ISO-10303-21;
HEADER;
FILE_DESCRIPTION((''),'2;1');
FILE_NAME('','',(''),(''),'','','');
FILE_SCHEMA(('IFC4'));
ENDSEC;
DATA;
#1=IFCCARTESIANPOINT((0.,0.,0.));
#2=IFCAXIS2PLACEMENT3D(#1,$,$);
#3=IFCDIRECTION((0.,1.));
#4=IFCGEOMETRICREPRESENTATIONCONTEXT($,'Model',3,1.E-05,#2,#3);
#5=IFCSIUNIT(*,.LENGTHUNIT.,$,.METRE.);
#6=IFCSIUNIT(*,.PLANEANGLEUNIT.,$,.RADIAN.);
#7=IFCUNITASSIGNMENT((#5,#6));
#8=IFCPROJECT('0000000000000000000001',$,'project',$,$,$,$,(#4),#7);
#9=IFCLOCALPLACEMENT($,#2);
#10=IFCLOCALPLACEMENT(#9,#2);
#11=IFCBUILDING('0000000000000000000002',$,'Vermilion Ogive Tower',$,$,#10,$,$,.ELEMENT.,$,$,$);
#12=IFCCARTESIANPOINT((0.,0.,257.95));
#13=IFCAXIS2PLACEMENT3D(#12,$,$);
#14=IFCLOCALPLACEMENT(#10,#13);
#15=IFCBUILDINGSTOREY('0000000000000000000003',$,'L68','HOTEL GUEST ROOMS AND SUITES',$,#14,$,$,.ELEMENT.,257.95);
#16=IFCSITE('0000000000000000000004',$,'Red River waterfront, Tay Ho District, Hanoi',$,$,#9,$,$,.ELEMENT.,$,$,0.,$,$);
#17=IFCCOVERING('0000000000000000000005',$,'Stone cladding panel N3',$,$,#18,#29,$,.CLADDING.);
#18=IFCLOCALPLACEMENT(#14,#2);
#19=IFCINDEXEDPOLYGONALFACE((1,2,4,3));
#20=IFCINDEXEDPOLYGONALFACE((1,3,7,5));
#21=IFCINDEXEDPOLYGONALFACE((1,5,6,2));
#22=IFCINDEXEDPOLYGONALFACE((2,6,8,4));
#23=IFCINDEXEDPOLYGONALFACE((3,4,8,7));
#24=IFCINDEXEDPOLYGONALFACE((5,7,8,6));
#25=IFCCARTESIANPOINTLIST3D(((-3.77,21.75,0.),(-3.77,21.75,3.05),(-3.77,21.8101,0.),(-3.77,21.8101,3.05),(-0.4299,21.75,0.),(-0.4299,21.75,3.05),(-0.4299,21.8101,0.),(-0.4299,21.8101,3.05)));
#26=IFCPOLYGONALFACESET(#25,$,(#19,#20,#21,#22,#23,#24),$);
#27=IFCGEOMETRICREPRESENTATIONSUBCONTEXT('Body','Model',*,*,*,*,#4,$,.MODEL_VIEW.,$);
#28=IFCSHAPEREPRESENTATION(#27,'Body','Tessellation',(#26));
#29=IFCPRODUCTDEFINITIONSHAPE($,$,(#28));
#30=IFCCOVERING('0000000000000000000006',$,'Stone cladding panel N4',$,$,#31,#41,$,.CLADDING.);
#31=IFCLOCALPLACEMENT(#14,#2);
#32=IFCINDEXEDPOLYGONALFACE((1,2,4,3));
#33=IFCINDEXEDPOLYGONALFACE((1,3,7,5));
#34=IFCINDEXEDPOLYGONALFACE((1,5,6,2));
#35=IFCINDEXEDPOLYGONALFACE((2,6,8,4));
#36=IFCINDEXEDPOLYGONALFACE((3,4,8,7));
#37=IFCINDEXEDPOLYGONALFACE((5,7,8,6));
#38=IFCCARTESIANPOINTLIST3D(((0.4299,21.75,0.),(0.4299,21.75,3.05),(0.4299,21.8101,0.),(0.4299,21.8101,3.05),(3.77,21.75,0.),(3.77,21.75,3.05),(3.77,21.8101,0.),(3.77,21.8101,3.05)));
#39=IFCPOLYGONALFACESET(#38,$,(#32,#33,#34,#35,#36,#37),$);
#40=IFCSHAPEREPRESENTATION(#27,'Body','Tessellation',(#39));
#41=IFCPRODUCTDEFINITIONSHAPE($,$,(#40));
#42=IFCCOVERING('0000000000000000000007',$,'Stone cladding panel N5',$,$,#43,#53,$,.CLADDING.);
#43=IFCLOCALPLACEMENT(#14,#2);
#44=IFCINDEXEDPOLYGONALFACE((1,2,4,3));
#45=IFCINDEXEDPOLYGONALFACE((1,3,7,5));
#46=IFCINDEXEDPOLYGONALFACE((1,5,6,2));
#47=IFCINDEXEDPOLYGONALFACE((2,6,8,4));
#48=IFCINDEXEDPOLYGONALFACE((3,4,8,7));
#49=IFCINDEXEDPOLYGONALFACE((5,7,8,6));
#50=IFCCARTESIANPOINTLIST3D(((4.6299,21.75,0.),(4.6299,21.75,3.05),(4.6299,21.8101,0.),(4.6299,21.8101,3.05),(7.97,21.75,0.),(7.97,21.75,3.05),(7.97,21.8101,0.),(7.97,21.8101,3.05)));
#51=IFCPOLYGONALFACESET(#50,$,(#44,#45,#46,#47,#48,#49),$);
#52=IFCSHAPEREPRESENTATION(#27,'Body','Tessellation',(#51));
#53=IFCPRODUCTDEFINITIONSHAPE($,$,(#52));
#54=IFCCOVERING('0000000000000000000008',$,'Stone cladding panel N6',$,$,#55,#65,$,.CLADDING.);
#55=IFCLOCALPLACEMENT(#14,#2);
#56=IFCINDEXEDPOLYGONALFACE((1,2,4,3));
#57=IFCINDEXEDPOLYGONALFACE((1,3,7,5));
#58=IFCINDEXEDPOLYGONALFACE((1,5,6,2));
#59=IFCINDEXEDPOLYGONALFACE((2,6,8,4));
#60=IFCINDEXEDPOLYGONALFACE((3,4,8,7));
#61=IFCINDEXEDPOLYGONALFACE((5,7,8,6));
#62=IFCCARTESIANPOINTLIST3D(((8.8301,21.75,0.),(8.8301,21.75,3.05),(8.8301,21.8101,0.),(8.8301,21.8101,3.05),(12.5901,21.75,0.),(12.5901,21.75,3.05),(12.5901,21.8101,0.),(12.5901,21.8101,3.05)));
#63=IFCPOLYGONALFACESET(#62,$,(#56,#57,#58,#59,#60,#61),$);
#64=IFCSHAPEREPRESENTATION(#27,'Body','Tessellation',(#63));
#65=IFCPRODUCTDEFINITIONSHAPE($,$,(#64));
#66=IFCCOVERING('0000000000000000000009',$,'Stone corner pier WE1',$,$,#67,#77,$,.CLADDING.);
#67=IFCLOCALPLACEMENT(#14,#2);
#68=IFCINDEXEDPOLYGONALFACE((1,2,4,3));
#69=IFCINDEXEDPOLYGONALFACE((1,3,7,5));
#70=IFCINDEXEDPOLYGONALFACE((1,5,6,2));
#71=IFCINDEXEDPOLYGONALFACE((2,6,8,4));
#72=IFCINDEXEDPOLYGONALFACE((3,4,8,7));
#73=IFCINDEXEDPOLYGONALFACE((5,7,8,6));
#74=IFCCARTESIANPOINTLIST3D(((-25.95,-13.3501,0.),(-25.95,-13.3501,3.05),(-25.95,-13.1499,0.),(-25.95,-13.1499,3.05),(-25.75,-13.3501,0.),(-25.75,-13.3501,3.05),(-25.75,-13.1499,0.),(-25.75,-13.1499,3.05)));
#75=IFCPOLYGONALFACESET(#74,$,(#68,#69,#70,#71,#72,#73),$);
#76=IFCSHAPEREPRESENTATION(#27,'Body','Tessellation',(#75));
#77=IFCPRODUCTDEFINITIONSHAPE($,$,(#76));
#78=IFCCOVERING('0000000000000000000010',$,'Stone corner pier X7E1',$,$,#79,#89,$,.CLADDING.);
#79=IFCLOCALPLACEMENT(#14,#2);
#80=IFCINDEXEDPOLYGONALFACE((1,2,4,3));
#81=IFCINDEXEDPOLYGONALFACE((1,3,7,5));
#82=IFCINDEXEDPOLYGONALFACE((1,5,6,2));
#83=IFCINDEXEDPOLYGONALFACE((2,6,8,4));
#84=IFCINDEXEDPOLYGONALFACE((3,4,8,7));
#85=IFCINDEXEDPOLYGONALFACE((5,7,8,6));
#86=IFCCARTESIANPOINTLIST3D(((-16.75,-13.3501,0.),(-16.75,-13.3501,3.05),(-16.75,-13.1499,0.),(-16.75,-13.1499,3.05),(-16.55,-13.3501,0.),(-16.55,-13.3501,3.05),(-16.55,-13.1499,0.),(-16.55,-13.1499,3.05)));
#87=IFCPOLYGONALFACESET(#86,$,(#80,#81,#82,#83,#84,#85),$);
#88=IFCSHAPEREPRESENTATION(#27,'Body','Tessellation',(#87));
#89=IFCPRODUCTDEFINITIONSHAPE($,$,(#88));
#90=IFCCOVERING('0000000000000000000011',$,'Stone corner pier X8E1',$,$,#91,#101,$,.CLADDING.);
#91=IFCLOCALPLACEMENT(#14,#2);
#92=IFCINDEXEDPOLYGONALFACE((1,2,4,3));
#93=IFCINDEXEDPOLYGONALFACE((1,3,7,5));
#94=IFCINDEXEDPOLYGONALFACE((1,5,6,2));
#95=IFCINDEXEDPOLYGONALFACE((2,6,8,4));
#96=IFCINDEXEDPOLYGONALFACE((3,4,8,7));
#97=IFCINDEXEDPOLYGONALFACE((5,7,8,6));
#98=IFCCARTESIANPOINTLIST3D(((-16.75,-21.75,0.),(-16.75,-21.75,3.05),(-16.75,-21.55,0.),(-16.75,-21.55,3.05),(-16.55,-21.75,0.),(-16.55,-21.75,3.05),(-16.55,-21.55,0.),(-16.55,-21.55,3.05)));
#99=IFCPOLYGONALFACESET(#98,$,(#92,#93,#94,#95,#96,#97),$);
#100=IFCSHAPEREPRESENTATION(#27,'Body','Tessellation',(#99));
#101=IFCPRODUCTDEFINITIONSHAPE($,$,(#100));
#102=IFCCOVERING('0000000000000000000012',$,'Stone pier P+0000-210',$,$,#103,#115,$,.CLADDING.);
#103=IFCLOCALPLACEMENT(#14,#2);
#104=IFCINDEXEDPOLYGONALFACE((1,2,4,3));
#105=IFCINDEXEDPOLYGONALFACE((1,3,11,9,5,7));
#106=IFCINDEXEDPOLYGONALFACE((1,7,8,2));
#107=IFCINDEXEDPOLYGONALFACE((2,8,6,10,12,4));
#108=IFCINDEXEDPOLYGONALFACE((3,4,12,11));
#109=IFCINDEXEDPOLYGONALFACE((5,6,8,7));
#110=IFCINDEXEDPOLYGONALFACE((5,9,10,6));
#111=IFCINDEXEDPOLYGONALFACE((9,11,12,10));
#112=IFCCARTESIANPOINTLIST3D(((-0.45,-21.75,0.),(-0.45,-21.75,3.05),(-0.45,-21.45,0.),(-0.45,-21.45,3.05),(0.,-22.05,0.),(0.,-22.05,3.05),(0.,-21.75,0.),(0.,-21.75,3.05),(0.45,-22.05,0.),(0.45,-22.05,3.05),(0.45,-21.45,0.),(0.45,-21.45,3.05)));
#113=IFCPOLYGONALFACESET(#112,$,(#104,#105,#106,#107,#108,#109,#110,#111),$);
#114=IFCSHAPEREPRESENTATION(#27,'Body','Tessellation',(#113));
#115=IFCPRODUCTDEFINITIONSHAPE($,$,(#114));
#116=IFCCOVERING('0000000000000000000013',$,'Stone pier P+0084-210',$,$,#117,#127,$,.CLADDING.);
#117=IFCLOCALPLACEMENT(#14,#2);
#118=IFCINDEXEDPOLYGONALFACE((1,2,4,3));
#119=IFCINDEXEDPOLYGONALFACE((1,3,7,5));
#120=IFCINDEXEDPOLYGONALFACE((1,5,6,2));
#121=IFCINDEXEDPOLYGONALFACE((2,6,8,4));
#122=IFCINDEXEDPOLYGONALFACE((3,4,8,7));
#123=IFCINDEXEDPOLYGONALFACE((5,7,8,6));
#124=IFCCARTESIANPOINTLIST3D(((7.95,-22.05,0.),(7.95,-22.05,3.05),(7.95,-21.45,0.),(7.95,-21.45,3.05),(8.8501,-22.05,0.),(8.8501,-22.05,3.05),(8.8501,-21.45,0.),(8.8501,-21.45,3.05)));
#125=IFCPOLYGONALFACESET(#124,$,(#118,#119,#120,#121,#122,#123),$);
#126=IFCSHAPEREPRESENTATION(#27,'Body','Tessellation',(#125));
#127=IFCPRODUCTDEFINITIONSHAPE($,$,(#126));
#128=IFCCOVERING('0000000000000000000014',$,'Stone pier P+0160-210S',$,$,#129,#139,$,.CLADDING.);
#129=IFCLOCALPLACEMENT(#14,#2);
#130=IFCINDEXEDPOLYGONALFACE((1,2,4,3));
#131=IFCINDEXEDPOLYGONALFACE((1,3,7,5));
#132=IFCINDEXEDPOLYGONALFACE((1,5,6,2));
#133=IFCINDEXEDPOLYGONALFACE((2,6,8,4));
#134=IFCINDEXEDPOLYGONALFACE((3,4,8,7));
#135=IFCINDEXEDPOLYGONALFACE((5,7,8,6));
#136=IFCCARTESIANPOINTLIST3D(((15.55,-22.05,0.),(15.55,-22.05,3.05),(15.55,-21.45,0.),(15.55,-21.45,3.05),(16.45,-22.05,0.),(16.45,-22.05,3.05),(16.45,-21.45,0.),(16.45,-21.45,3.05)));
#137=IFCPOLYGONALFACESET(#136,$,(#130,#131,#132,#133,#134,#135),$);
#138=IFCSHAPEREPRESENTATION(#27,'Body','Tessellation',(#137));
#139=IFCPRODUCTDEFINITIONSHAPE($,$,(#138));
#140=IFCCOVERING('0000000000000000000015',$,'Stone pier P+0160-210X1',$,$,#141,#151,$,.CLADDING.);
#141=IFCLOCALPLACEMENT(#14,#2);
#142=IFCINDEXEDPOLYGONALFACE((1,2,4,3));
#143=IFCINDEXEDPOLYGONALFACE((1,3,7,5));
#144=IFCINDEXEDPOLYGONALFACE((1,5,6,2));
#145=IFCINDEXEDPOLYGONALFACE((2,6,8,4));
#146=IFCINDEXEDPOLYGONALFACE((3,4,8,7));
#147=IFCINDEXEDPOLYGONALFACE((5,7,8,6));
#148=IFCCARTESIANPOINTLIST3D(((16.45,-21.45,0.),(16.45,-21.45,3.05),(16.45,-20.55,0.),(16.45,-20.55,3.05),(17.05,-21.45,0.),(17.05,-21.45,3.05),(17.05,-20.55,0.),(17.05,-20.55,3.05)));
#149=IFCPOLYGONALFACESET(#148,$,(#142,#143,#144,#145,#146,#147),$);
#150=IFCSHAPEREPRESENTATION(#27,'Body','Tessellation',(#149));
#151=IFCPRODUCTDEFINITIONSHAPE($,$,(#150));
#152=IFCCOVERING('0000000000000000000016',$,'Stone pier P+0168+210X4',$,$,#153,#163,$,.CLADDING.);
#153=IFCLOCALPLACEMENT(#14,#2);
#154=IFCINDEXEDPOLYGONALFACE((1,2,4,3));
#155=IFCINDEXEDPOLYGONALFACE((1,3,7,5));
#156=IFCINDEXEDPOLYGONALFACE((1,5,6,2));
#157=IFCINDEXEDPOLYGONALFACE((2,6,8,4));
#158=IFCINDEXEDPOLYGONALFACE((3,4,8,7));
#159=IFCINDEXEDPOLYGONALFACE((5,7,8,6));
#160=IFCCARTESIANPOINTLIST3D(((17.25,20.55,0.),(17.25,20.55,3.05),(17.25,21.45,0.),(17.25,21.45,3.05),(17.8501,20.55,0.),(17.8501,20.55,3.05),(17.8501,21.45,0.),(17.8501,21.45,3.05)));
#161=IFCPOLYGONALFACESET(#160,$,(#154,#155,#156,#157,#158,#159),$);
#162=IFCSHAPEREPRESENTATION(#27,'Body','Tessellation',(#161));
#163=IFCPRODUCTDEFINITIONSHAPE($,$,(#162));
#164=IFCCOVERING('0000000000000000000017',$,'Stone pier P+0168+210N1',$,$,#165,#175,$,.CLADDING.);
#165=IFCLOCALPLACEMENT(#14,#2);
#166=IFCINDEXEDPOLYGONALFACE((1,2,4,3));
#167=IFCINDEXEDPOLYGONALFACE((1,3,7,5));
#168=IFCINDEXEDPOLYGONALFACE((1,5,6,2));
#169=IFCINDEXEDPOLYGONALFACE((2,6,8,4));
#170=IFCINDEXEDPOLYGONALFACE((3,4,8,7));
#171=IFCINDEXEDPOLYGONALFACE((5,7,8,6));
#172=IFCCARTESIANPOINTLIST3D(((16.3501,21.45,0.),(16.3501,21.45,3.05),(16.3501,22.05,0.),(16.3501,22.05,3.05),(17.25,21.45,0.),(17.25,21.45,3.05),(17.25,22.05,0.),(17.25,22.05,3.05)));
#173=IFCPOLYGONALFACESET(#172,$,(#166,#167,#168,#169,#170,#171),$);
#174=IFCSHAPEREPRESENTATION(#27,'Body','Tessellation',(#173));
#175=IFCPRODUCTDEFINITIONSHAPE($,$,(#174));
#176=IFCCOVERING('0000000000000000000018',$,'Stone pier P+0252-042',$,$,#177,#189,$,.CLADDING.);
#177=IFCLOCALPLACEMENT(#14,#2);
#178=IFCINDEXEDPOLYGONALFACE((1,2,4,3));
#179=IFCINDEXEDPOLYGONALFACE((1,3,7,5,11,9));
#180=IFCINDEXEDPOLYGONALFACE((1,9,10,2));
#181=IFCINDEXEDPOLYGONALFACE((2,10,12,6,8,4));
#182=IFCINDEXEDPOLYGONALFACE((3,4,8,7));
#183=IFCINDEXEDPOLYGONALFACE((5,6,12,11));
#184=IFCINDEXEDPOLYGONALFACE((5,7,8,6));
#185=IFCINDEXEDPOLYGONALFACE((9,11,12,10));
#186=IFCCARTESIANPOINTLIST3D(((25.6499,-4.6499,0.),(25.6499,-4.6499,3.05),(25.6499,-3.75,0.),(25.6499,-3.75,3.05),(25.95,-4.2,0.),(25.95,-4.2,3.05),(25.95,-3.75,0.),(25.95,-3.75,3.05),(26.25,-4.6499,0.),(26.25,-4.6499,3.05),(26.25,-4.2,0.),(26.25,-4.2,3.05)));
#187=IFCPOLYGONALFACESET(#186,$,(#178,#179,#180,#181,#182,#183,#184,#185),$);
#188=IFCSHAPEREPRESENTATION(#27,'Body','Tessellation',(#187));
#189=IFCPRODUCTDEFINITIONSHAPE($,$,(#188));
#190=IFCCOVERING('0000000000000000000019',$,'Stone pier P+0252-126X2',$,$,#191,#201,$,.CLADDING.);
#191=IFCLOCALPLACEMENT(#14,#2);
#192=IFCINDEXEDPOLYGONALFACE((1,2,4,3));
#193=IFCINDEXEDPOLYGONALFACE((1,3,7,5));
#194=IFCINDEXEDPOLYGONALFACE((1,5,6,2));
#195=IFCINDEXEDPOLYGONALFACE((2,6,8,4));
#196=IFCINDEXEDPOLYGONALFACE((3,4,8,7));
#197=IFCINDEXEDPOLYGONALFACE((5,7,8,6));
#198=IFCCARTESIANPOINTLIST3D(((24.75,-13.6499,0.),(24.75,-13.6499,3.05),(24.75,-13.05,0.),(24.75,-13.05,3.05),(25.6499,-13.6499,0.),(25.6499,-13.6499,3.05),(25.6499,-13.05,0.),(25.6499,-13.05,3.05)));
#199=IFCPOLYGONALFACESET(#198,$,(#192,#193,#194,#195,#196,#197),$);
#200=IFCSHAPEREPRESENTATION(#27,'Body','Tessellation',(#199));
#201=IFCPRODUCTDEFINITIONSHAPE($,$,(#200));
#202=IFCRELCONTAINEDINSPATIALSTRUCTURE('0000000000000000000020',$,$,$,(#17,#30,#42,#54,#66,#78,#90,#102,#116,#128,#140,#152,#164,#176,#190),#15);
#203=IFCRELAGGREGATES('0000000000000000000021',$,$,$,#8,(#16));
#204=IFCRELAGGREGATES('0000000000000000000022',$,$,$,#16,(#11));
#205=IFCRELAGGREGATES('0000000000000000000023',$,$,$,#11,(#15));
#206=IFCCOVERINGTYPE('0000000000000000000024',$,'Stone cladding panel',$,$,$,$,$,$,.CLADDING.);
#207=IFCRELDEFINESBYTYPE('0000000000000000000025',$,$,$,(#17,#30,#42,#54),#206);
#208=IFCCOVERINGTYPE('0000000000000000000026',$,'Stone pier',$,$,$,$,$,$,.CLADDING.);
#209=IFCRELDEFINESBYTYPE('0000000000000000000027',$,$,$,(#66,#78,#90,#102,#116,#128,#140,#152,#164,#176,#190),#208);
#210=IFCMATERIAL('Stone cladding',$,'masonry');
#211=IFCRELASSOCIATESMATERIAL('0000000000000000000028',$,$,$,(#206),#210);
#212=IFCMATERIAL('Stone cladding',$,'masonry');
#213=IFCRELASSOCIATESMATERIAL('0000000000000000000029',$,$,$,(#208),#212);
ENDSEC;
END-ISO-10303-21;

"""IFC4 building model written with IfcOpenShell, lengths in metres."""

from ifc_helpers import new_model, si_unit, direction, frame, origin, place, context, subcontext, project, spatial, polyline, outline, extrude, material, type_object, element, save


model = new_model("IFC4")

# Units and contexts
model_context = context("Model", 3, precision=1e-05, world=origin(), true_north=direction((0.0, 1.0)))
body_context = subcontext(model_context, "Body", "Model", "MODEL_VIEW")
ifc_project = project(units=[si_unit("LENGTHUNIT", "METRE"), si_unit("PLANEANGLEUNIT", "RADIAN")], contexts=[model_context])

# Site, building, storey
site_placement = place(None, origin())
site = spatial("IfcSite", under=ifc_project, at=site_placement, Name="Red River waterfront, Tay Ho District, Hanoi", CompositionType="ELEMENT", RefElevation=0.0)
building_placement = place(site_placement, origin())
building = spatial("IfcBuilding", under=site, at=building_placement, Name="Vermilion Ogive Tower", CompositionType="ELEMENT")
storey_placement = place(building_placement, frame((0.0, 0.0, 257.95)))
storey = spatial("IfcBuildingStorey", under=building, at=storey_placement, Name="L68", Description="HOTEL GUEST ROOMS AND SUITES", CompositionType="ELEMENT", Elevation=257.95)

# Coverings
ifc_material_1 = material(Name="Stone cladding", Category="masonry")
covering_type_1 = type_object("IfcCoveringType", Name="Stone cladding panel", PredefinedType="CLADDING", material=ifc_material_1)
covering_1_placement = place(storey_placement, origin())
element("IfcCovering", 1, at=covering_1_placement, inside=storey, type_object=covering_type_1, Name="Stone cladding panel N3", PredefinedType="CLADDING", context=body_context, shape_type="SweptSolid", body=[
    extrude(outline(polyline([(-3.77, 21.75), (-0.4299, 21.75), (-0.4299, 21.8101), (-3.77, 21.8101), (-3.77, 21.75)])), origin(), (0.0, 0.0, 1.0), 3.05),
])
covering_2_placement = place(storey_placement, origin())
element("IfcCovering", 2, at=covering_2_placement, inside=storey, type_object=covering_type_1, Name="Stone cladding panel N4", PredefinedType="CLADDING", context=body_context, shape_type="SweptSolid", body=[
    extrude(outline(polyline([(0.4299, 21.75), (3.77, 21.75), (3.77, 21.8101), (0.4299, 21.8101), (0.4299, 21.75)])), origin(), (0.0, 0.0, 1.0), 3.05),
])
covering_3_placement = place(storey_placement, origin())
element("IfcCovering", 3, at=covering_3_placement, inside=storey, type_object=covering_type_1, Name="Stone cladding panel N5", PredefinedType="CLADDING", context=body_context, shape_type="SweptSolid", body=[
    extrude(outline(polyline([(4.6299, 21.75), (7.97, 21.75), (7.97, 21.8101), (4.6299, 21.8101), (4.6299, 21.75)])), origin(), (0.0, 0.0, 1.0), 3.05),
])
covering_4_placement = place(storey_placement, origin())
element("IfcCovering", 4, at=covering_4_placement, inside=storey, type_object=covering_type_1, Name="Stone cladding panel N6", PredefinedType="CLADDING", context=body_context, shape_type="SweptSolid", body=[
    extrude(outline(polyline([(8.8301, 21.75), (12.5901, 21.75), (12.5901, 21.8101), (8.8301, 21.8101), (8.8301, 21.75)])), origin(), (0.0, 0.0, 1.0), 3.05),
])
ifc_material_2 = material(Name="Stone cladding", Category="masonry")
covering_type_2 = type_object("IfcCoveringType", Name="Stone pier", PredefinedType="CLADDING", material=ifc_material_2)
covering_5_placement = place(storey_placement, origin())
element("IfcCovering", 5, at=covering_5_placement, inside=storey, type_object=covering_type_2, Name="Stone corner pier WE1", PredefinedType="CLADDING", context=body_context, shape_type="SweptSolid", body=[
    extrude(outline(polyline([(-25.75, -13.1499), (-25.75, -13.3501), (-25.95, -13.3501), (-25.95, -13.1499), (-25.75, -13.1499)])), origin(), (0.0, 0.0, 1.0), 3.05),
])
covering_6_placement = place(storey_placement, origin())
element("IfcCovering", 6, at=covering_6_placement, inside=storey, type_object=covering_type_2, Name="Stone corner pier X7E1", PredefinedType="CLADDING", context=body_context, shape_type="SweptSolid", body=[
    extrude(outline(polyline([(-16.55, -13.1499), (-16.55, -13.3501), (-16.75, -13.3501), (-16.75, -13.1499), (-16.55, -13.1499)])), origin(), (0.0, 0.0, 1.0), 3.05),
])
covering_7_placement = place(storey_placement, origin())
element("IfcCovering", 7, at=covering_7_placement, inside=storey, type_object=covering_type_2, Name="Stone corner pier X8E1", PredefinedType="CLADDING", context=body_context, shape_type="SweptSolid", body=[
    extrude(outline(polyline([(-16.55, -21.55), (-16.55, -21.75), (-16.75, -21.75), (-16.75, -21.55), (-16.55, -21.55)])), origin(), (0.0, 0.0, 1.0), 3.05),
])
covering_8_placement = place(storey_placement, origin())
element("IfcCovering", 8, at=covering_8_placement, inside=storey, type_object=covering_type_2, Name="Stone pier P+0000-210", PredefinedType="CLADDING", context=body_context, shape_type="SweptSolid", body=[
    extrude(outline(polyline([(0.45, -22.05), (0.0, -22.05), (0.0, -21.75), (-0.45, -21.75), (-0.45, -21.45), (0.45, -21.45), (0.45, -22.05)])), origin(), (0.0, 0.0, 1.0), 3.05),
])
covering_9_placement = place(storey_placement, origin())
element("IfcCovering", 9, at=covering_9_placement, inside=storey, type_object=covering_type_2, Name="Stone pier P+0084-210", PredefinedType="CLADDING", context=body_context, shape_type="SweptSolid", body=[
    extrude(outline(polyline([(8.8501, -21.45), (8.8501, -22.05), (7.95, -22.05), (7.95, -21.45), (7.95, -21.45), (8.8501, -21.45)])), origin(), (0.0, 0.0, 1.0), 3.05),
])
covering_10_placement = place(storey_placement, origin())
element("IfcCovering", 10, at=covering_10_placement, inside=storey, type_object=covering_type_2, Name="Stone pier P+0160-210S", PredefinedType="CLADDING", context=body_context, shape_type="SweptSolid", body=[
    extrude(outline(polyline([(16.45, -21.45), (16.45, -21.45), (16.45, -22.05), (15.55, -22.05), (15.55, -21.45), (15.55, -21.45), (16.45, -21.45)])), origin(), (0.0, 0.0, 1.0), 3.05),
])
covering_11_placement = place(storey_placement, origin())
element("IfcCovering", 11, at=covering_11_placement, inside=storey, type_object=covering_type_2, Name="Stone pier P+0160-210X1", PredefinedType="CLADDING", context=body_context, shape_type="SweptSolid", body=[
    extrude(outline(polyline([(17.05, -21.45), (16.45, -21.45), (16.45, -21.45), (16.45, -20.55), (17.05, -20.55), (17.05, -21.45)])), origin(), (0.0, 0.0, 1.0), 3.05),
])
covering_12_placement = place(storey_placement, origin())
element("IfcCovering", 12, at=covering_12_placement, inside=storey, type_object=covering_type_2, Name="Stone pier P+0168+210X4", PredefinedType="CLADDING", context=body_context, shape_type="SweptSolid", body=[
    extrude(outline(polyline([(17.8501, 21.45), (17.8501, 20.55), (17.25, 20.55), (17.25, 21.45), (17.8501, 21.45)])), origin(), (0.0, 0.0, 1.0), 3.05),
])
covering_13_placement = place(storey_placement, origin())
element("IfcCovering", 13, at=covering_13_placement, inside=storey, type_object=covering_type_2, Name="Stone pier P+0168+210N1", PredefinedType="CLADDING", context=body_context, shape_type="SweptSolid", body=[
    extrude(outline(polyline([(17.25, 22.05), (17.25, 21.45), (16.3501, 21.45), (16.3501, 22.05), (17.25, 22.05)])), origin(), (0.0, 0.0, 1.0), 3.05),
])
covering_14_placement = place(storey_placement, origin())
element("IfcCovering", 14, at=covering_14_placement, inside=storey, type_object=covering_type_2, Name="Stone pier P+0252-042", PredefinedType="CLADDING", context=body_context, shape_type="SweptSolid", body=[
    extrude(outline(polyline([(25.95, -3.75), (25.95, -4.2), (26.25, -4.2), (26.25, -4.6499), (25.6499, -4.6499), (25.6499, -3.75), (25.95, -3.75)])), origin(), (0.0, 0.0, 1.0), 3.05),
])
covering_15_placement = place(storey_placement, origin())
element("IfcCovering", 15, at=covering_15_placement, inside=storey, type_object=covering_type_2, Name="Stone pier P+0252-126X2", PredefinedType="CLADDING", context=body_context, shape_type="SweptSolid", body=[
    extrude(outline(polyline([(25.6499, -13.6499), (24.75, -13.6499), (24.75, -13.05), (25.6499, -13.05), (25.6499, -13.6499)])), origin(), (0.0, 0.0, 1.0), 3.05),
])

save(model, "model.ifc")
